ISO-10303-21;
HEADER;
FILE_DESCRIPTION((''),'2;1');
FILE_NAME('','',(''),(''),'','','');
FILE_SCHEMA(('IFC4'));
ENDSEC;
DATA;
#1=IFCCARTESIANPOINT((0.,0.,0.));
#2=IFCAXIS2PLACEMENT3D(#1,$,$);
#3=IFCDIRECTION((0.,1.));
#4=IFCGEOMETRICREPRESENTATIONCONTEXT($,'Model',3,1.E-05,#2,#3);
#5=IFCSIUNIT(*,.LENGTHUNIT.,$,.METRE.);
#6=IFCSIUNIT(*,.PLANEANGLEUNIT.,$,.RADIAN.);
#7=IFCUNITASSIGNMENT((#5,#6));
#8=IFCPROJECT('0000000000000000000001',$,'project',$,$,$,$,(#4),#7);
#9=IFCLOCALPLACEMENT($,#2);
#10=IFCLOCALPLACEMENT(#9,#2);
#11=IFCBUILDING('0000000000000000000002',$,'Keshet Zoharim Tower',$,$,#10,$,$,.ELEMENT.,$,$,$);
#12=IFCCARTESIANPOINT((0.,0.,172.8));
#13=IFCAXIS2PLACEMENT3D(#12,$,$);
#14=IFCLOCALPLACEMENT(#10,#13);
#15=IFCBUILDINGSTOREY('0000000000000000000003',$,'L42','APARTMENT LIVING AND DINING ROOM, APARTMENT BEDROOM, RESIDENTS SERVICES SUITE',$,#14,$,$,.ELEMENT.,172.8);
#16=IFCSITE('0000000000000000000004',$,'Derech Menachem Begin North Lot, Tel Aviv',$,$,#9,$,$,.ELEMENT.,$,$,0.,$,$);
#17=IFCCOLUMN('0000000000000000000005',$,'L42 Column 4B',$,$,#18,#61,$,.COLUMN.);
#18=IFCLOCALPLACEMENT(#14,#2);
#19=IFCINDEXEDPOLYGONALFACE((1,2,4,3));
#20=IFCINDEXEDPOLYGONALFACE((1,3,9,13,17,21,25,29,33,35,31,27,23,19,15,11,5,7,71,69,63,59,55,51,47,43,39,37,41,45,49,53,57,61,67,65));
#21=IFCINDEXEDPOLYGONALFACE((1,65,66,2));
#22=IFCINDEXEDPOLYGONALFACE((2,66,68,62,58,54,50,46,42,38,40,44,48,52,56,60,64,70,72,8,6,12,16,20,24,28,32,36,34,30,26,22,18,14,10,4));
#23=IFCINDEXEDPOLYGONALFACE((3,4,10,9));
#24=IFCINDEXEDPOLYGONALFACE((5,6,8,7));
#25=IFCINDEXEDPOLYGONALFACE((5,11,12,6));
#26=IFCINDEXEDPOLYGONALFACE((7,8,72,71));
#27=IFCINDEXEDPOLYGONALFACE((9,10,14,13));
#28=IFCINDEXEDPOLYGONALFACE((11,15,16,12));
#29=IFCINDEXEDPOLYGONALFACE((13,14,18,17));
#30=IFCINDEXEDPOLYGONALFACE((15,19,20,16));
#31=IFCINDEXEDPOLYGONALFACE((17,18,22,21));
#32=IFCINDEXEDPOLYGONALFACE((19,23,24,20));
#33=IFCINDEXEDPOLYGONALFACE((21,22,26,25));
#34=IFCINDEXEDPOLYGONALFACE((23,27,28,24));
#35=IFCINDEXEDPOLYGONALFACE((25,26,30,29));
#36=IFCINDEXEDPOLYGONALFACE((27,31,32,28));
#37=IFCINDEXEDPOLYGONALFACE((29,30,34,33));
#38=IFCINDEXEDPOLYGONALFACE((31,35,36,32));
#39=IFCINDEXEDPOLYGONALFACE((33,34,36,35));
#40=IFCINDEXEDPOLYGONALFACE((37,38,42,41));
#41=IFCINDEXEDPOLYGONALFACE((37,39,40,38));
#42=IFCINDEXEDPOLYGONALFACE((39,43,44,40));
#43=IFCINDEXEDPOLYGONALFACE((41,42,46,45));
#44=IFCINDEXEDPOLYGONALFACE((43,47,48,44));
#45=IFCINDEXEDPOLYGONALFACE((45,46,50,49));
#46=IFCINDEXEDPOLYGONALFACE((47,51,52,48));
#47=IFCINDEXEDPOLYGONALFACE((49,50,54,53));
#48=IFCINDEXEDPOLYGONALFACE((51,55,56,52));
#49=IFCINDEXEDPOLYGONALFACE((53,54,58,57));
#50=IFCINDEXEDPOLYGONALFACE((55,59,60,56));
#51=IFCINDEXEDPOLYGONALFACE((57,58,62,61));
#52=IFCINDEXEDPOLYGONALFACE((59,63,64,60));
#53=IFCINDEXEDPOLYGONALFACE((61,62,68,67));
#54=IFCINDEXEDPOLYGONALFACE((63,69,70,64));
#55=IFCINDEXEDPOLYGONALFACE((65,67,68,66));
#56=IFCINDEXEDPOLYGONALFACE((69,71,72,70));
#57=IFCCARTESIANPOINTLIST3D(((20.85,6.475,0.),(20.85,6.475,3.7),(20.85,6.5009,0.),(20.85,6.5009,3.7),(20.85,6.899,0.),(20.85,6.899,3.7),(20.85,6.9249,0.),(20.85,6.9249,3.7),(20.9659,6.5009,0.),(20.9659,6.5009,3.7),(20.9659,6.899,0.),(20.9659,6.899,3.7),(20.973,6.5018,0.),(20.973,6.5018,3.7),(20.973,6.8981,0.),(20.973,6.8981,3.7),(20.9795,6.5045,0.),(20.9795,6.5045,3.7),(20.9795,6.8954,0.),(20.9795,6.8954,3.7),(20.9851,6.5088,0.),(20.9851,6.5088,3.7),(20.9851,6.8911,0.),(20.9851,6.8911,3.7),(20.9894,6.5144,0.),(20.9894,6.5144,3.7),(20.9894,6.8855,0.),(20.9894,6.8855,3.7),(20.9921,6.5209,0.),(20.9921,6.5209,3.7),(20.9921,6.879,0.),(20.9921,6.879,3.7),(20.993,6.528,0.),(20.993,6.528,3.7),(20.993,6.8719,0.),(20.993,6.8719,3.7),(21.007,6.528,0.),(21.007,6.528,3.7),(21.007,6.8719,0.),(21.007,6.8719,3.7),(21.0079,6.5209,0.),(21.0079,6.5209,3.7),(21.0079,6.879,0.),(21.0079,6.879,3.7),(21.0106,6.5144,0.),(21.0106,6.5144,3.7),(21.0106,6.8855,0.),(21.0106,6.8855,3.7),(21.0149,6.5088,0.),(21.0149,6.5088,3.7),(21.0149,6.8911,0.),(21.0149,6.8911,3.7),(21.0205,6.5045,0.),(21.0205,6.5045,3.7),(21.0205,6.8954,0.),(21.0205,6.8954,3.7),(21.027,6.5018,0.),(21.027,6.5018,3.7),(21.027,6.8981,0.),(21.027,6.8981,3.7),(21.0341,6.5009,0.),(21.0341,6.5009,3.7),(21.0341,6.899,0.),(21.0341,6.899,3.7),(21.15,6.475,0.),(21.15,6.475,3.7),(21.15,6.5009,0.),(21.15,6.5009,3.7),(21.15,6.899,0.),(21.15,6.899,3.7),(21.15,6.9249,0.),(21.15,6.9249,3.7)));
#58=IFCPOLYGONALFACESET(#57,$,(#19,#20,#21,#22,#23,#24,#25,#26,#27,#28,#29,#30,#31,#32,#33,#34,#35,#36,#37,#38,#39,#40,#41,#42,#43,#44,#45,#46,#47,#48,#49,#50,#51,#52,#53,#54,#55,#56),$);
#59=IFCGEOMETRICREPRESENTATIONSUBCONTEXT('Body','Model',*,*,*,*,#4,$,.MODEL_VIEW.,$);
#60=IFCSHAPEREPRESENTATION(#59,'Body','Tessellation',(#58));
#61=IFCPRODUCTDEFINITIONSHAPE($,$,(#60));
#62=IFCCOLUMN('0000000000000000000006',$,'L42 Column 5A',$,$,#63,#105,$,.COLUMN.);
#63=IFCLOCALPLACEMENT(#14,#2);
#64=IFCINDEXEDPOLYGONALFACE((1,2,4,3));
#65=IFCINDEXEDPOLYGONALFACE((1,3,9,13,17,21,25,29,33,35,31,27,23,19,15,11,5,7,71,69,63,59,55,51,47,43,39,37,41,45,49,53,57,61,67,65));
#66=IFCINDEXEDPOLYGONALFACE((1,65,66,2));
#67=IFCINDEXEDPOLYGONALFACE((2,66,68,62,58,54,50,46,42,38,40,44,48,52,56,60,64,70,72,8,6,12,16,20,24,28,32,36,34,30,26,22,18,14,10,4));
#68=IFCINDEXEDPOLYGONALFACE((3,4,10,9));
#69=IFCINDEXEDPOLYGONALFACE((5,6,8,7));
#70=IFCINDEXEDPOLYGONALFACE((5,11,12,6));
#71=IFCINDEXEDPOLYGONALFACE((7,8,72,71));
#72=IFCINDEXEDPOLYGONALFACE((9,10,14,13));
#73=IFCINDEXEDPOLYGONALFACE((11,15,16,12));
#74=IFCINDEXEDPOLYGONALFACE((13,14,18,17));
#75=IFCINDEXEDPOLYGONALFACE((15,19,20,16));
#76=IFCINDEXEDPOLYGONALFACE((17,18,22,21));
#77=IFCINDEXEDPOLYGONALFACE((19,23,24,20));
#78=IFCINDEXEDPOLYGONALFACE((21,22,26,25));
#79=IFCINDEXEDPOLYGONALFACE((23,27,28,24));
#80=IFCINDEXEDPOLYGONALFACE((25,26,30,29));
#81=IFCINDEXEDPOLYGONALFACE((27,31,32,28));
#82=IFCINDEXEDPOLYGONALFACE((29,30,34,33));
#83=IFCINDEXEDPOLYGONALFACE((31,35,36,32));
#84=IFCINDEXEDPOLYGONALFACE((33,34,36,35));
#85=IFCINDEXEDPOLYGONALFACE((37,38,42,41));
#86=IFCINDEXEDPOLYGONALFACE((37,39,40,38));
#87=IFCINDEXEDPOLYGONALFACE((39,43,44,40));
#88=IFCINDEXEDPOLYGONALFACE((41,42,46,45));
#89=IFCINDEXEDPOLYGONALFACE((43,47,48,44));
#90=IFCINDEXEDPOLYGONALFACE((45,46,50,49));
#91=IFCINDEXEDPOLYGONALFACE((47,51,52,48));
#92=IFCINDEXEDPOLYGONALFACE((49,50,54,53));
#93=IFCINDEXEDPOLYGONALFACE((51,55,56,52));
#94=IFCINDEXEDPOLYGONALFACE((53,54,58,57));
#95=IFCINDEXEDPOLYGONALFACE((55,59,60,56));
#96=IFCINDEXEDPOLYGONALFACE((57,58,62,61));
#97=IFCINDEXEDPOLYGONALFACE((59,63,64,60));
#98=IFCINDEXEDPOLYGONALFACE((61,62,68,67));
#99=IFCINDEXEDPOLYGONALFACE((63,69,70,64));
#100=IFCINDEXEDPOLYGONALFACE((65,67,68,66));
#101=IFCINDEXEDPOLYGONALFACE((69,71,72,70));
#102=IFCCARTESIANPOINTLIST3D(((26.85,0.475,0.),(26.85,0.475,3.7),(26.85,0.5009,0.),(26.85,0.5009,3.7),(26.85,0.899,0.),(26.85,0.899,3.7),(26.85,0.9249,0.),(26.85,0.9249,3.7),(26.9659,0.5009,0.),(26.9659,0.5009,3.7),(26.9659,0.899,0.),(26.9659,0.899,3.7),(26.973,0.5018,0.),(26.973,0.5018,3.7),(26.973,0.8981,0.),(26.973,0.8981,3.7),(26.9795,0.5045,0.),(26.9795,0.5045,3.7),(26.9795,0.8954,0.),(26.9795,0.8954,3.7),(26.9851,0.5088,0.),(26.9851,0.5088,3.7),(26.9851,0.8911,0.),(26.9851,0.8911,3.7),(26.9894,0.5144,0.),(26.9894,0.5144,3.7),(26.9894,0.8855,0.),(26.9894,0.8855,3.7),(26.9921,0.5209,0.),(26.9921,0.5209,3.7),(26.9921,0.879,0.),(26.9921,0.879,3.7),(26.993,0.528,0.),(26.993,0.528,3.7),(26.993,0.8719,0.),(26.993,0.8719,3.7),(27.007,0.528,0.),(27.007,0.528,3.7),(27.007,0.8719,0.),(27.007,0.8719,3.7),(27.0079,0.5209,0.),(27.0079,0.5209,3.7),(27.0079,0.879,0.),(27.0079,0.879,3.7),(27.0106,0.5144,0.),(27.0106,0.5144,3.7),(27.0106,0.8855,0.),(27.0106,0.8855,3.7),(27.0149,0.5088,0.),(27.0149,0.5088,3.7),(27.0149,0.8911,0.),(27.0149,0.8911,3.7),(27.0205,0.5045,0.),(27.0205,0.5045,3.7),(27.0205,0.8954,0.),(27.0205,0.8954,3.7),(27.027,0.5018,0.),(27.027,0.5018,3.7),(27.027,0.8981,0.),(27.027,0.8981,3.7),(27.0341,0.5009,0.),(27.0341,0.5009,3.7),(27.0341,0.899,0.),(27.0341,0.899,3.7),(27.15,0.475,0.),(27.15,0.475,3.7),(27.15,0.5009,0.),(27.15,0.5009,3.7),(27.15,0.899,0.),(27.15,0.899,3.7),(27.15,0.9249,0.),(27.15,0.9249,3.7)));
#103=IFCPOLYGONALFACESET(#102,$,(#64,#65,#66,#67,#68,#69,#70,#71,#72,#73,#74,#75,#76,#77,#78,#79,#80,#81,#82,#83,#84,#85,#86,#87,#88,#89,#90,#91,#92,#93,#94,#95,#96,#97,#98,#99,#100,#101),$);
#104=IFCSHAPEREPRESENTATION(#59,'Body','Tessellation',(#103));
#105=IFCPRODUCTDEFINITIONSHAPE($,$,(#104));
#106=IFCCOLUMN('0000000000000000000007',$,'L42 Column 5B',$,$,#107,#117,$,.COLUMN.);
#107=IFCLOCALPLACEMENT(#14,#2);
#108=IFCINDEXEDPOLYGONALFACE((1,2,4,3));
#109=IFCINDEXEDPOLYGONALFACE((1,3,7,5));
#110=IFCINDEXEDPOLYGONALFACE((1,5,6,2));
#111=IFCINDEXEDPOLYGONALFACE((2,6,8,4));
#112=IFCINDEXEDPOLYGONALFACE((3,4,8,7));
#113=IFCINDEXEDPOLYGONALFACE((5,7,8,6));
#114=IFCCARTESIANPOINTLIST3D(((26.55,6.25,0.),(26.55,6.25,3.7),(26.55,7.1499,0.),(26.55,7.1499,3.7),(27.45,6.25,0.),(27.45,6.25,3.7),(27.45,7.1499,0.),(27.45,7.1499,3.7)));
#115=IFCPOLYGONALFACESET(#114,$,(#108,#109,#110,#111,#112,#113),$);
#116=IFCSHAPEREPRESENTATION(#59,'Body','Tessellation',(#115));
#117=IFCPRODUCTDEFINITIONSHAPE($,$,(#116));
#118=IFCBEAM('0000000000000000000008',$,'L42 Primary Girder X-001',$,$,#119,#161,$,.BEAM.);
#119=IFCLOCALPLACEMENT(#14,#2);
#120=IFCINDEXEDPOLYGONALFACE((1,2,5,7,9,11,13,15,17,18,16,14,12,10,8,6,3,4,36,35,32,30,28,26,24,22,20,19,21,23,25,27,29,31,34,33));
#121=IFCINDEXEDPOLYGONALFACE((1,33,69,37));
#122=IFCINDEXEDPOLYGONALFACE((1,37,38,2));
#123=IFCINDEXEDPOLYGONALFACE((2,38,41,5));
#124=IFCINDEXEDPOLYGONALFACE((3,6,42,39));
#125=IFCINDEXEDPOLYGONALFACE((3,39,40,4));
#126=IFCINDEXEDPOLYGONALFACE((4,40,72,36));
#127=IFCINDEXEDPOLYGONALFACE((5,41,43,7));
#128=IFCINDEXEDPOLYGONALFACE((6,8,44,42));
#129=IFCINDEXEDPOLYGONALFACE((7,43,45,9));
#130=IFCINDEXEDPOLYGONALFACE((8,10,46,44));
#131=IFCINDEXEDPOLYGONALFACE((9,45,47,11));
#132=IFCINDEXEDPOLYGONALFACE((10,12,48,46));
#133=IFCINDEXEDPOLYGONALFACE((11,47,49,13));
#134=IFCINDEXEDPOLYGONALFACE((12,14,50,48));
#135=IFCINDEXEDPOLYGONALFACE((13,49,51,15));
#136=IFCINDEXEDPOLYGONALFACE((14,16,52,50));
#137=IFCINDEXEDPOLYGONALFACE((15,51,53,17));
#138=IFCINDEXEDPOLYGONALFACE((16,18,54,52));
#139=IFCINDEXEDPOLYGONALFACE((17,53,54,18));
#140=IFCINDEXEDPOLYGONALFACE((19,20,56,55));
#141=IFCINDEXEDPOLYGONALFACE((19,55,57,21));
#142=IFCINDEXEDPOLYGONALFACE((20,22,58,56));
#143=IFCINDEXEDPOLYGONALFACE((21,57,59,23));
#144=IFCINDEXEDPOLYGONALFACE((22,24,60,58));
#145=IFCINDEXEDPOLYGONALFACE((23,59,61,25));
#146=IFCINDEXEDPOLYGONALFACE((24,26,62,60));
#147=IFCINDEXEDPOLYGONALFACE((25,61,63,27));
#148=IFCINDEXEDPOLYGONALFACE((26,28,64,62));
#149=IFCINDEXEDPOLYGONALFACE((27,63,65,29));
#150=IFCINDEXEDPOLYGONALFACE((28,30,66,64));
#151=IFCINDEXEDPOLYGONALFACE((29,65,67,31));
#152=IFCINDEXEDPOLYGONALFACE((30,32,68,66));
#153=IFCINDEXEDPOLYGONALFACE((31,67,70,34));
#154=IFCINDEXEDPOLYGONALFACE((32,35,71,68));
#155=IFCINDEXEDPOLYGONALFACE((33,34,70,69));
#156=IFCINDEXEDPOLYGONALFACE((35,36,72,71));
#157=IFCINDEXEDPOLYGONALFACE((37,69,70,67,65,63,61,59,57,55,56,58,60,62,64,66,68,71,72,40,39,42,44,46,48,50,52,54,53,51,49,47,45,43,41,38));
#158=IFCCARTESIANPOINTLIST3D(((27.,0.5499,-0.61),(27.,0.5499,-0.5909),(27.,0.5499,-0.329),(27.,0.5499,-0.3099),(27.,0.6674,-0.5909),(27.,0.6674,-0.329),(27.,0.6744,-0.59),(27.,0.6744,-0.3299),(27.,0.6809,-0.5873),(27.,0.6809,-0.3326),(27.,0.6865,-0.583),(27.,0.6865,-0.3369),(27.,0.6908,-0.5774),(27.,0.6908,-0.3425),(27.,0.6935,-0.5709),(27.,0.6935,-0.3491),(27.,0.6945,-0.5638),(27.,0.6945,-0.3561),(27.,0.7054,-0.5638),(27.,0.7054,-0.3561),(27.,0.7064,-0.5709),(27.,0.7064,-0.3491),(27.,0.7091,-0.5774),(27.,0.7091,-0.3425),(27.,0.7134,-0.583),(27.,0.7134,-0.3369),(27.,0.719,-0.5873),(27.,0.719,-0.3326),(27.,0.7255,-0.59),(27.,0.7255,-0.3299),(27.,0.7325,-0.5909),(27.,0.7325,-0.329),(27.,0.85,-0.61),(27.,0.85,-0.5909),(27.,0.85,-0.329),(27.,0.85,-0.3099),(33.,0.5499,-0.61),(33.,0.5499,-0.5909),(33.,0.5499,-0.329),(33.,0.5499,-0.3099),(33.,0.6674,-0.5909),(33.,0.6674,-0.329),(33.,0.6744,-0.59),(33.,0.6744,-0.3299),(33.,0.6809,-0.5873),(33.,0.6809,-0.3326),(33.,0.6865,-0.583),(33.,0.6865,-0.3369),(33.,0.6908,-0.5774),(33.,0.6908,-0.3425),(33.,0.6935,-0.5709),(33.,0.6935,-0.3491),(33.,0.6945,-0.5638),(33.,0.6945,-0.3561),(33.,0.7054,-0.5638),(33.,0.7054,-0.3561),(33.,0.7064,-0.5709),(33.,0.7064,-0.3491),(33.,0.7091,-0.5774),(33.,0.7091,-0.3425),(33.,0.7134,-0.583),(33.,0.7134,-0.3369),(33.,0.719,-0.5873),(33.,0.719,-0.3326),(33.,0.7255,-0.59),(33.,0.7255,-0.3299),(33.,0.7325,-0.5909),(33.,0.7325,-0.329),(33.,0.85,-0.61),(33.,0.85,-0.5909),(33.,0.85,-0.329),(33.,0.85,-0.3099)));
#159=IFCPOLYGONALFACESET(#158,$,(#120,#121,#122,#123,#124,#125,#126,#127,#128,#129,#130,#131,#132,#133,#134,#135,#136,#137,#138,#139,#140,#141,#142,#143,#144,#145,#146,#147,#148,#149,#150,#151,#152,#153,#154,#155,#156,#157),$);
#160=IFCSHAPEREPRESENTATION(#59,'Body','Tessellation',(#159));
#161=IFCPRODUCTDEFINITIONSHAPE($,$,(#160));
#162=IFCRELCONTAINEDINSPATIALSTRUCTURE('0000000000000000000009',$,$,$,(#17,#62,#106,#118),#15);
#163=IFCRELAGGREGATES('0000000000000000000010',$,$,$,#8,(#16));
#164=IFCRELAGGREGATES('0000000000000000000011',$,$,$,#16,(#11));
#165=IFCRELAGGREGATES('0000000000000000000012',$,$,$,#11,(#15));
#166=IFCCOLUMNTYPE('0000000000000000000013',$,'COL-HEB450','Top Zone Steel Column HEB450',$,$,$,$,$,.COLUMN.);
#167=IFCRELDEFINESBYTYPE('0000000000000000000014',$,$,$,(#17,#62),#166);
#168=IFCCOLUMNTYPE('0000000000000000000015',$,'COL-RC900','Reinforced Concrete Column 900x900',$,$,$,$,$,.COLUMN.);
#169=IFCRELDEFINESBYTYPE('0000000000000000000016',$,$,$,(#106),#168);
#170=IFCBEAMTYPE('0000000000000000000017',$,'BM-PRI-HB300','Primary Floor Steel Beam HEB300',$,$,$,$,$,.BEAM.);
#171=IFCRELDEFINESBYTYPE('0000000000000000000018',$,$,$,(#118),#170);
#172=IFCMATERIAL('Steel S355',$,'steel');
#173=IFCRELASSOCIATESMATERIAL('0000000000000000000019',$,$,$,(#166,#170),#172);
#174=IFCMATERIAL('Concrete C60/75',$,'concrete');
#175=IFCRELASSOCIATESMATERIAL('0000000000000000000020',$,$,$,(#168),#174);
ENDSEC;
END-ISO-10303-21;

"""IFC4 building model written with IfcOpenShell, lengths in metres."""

from ifc_helpers import new_model, si_unit, direction, frame, origin, origin_2d, place, context, subcontext, project, spatial, rectangle, i_section, extrude, material, material_profile, profile_set, type_object, element, save


model = new_model("IFC4")

# Units and contexts
model_context = context("Model", 3, precision=1e-05, world=origin(), true_north=direction((0.0, 1.0)))
body_context = subcontext(model_context, "Body", "Model", "MODEL_VIEW")
ifc_project = project(units=[si_unit("LENGTHUNIT", "METRE"), si_unit("PLANEANGLEUNIT", "RADIAN")], contexts=[model_context])

# Site, building, storey
site_placement = place(None, origin())
site = spatial("IfcSite", under=ifc_project, at=site_placement, Name="Derech Menachem Begin North Lot, Tel Aviv", CompositionType="ELEMENT", RefElevation=0.0)
building_placement = place(site_placement, origin())
building = spatial("IfcBuilding", under=site, at=building_placement, Name="Keshet Zoharim Tower", CompositionType="ELEMENT")
storey_placement = place(building_placement, frame((0.0, 0.0, 172.8)))
storey = spatial("IfcBuildingStorey", under=building, at=storey_placement, Name="L42", Description="APARTMENT LIVING AND DINING ROOM, APARTMENT BEDROOM, RESIDENTS SERVICES SUITE", CompositionType="ELEMENT", Elevation=172.8)

# Columns
ifc_material_1 = material(Name="Steel S355", Category="steel")
ifc_material_profile_1 = material_profile(ifc_material_1, i_section(OverallWidth=0.3, OverallDepth=0.45, WebThickness=0.0139, FlangeThickness=0.0259, FilletRadius=0.0271, at=origin_2d()), Name="HEB450")
ifc_profile_set_1 = profile_set([ifc_material_profile_1], Name="Steel S355")
column_type_1 = type_object("IfcColumnType", Name="COL-HEB450", Description="Top Zone Steel Column HEB450", PredefinedType="COLUMN", material=ifc_profile_set_1)
for number, where, z_axis, x_axis, name in (
    (1, (21.0, 6.7, 0.0), (0.0, 0.0, 1.0), (1.0, 0.0, 0.0), "L42 Column 4B"),
    (2, (27.0, 0.7, 0.0), (0.0, 0.0, 1.0), (1.0, 0.0, 0.0), "L42 Column 5A"),
):
    element("IfcColumn", number, at=place(storey_placement, frame(where, z_axis=z_axis, x_axis=x_axis)), inside=storey, type_object=column_type_1, Name=name, PredefinedType="COLUMN", context=body_context, shape_type="SweptSolid", body=[
        extrude(i_section(OverallWidth=0.3, OverallDepth=0.45, WebThickness=0.0139, FlangeThickness=0.0259, FilletRadius=0.0271, at=origin_2d()), origin(), (0.0, 0.0, 1.0), 3.7),
    ])
ifc_material_2 = material(Name="Concrete C60/75", Category="concrete")
ifc_material_profile_2 = material_profile(ifc_material_2, rectangle(XDim=0.8999, YDim=0.8999, at=origin_2d()), Name="RC900x900")
ifc_profile_set_2 = profile_set([ifc_material_profile_2], Name="Concrete C60/75")
column_type_2 = type_object("IfcColumnType", Name="COL-RC900", Description="Reinforced Concrete Column 900x900", PredefinedType="COLUMN", material=ifc_profile_set_2)
column_placement = place(storey_placement, frame((27.0, 6.7, 0.0), z_axis=(0.0, 0.0, 1.0), x_axis=(1.0, 0.0, 0.0)))
element("IfcColumn", 3, at=column_placement, inside=storey, type_object=column_type_2, Name="L42 Column 5B", PredefinedType="COLUMN", context=body_context, shape_type="SweptSolid", body=[
    extrude(rectangle(XDim=0.8999, YDim=0.8999, at=origin_2d()), origin(), (0.0, 0.0, 1.0), 3.7),
])

# Beam
ifc_material_profile_3 = material_profile(ifc_material_1, i_section(OverallWidth=0.3, OverallDepth=0.3, WebThickness=0.011, FlangeThickness=0.019, FilletRadius=0.0271, at=origin_2d()), Name="HEB300")
ifc_profile_set_3 = profile_set([ifc_material_profile_3], Name="Steel S355")
beam_type_1 = type_object("IfcBeamType", Name="BM-PRI-HB300", Description="Primary Floor Steel Beam HEB300", PredefinedType="BEAM", material=ifc_profile_set_3)
for number, where, z_axis, x_axis, name in (
    (4, (27.0, 0.7, -0.46), (1.0, 0.0, 0.0), (0.0, 1.0, 0.0), "L42 Primary Girder X-001"),
):
    element("IfcBeam", number, at=place(storey_placement, frame(where, z_axis=z_axis, x_axis=x_axis)), inside=storey, type_object=beam_type_1, Name=name, PredefinedType="BEAM", context=body_context, shape_type="SweptSolid", body=[
        extrude(i_section(OverallWidth=0.3, OverallDepth=0.3, WebThickness=0.011, FlangeThickness=0.019, FilletRadius=0.0271, at=origin_2d()), origin(), (0.0, 0.0, 1.0), 6.0),
    ])

save(model, "model.ifc")
